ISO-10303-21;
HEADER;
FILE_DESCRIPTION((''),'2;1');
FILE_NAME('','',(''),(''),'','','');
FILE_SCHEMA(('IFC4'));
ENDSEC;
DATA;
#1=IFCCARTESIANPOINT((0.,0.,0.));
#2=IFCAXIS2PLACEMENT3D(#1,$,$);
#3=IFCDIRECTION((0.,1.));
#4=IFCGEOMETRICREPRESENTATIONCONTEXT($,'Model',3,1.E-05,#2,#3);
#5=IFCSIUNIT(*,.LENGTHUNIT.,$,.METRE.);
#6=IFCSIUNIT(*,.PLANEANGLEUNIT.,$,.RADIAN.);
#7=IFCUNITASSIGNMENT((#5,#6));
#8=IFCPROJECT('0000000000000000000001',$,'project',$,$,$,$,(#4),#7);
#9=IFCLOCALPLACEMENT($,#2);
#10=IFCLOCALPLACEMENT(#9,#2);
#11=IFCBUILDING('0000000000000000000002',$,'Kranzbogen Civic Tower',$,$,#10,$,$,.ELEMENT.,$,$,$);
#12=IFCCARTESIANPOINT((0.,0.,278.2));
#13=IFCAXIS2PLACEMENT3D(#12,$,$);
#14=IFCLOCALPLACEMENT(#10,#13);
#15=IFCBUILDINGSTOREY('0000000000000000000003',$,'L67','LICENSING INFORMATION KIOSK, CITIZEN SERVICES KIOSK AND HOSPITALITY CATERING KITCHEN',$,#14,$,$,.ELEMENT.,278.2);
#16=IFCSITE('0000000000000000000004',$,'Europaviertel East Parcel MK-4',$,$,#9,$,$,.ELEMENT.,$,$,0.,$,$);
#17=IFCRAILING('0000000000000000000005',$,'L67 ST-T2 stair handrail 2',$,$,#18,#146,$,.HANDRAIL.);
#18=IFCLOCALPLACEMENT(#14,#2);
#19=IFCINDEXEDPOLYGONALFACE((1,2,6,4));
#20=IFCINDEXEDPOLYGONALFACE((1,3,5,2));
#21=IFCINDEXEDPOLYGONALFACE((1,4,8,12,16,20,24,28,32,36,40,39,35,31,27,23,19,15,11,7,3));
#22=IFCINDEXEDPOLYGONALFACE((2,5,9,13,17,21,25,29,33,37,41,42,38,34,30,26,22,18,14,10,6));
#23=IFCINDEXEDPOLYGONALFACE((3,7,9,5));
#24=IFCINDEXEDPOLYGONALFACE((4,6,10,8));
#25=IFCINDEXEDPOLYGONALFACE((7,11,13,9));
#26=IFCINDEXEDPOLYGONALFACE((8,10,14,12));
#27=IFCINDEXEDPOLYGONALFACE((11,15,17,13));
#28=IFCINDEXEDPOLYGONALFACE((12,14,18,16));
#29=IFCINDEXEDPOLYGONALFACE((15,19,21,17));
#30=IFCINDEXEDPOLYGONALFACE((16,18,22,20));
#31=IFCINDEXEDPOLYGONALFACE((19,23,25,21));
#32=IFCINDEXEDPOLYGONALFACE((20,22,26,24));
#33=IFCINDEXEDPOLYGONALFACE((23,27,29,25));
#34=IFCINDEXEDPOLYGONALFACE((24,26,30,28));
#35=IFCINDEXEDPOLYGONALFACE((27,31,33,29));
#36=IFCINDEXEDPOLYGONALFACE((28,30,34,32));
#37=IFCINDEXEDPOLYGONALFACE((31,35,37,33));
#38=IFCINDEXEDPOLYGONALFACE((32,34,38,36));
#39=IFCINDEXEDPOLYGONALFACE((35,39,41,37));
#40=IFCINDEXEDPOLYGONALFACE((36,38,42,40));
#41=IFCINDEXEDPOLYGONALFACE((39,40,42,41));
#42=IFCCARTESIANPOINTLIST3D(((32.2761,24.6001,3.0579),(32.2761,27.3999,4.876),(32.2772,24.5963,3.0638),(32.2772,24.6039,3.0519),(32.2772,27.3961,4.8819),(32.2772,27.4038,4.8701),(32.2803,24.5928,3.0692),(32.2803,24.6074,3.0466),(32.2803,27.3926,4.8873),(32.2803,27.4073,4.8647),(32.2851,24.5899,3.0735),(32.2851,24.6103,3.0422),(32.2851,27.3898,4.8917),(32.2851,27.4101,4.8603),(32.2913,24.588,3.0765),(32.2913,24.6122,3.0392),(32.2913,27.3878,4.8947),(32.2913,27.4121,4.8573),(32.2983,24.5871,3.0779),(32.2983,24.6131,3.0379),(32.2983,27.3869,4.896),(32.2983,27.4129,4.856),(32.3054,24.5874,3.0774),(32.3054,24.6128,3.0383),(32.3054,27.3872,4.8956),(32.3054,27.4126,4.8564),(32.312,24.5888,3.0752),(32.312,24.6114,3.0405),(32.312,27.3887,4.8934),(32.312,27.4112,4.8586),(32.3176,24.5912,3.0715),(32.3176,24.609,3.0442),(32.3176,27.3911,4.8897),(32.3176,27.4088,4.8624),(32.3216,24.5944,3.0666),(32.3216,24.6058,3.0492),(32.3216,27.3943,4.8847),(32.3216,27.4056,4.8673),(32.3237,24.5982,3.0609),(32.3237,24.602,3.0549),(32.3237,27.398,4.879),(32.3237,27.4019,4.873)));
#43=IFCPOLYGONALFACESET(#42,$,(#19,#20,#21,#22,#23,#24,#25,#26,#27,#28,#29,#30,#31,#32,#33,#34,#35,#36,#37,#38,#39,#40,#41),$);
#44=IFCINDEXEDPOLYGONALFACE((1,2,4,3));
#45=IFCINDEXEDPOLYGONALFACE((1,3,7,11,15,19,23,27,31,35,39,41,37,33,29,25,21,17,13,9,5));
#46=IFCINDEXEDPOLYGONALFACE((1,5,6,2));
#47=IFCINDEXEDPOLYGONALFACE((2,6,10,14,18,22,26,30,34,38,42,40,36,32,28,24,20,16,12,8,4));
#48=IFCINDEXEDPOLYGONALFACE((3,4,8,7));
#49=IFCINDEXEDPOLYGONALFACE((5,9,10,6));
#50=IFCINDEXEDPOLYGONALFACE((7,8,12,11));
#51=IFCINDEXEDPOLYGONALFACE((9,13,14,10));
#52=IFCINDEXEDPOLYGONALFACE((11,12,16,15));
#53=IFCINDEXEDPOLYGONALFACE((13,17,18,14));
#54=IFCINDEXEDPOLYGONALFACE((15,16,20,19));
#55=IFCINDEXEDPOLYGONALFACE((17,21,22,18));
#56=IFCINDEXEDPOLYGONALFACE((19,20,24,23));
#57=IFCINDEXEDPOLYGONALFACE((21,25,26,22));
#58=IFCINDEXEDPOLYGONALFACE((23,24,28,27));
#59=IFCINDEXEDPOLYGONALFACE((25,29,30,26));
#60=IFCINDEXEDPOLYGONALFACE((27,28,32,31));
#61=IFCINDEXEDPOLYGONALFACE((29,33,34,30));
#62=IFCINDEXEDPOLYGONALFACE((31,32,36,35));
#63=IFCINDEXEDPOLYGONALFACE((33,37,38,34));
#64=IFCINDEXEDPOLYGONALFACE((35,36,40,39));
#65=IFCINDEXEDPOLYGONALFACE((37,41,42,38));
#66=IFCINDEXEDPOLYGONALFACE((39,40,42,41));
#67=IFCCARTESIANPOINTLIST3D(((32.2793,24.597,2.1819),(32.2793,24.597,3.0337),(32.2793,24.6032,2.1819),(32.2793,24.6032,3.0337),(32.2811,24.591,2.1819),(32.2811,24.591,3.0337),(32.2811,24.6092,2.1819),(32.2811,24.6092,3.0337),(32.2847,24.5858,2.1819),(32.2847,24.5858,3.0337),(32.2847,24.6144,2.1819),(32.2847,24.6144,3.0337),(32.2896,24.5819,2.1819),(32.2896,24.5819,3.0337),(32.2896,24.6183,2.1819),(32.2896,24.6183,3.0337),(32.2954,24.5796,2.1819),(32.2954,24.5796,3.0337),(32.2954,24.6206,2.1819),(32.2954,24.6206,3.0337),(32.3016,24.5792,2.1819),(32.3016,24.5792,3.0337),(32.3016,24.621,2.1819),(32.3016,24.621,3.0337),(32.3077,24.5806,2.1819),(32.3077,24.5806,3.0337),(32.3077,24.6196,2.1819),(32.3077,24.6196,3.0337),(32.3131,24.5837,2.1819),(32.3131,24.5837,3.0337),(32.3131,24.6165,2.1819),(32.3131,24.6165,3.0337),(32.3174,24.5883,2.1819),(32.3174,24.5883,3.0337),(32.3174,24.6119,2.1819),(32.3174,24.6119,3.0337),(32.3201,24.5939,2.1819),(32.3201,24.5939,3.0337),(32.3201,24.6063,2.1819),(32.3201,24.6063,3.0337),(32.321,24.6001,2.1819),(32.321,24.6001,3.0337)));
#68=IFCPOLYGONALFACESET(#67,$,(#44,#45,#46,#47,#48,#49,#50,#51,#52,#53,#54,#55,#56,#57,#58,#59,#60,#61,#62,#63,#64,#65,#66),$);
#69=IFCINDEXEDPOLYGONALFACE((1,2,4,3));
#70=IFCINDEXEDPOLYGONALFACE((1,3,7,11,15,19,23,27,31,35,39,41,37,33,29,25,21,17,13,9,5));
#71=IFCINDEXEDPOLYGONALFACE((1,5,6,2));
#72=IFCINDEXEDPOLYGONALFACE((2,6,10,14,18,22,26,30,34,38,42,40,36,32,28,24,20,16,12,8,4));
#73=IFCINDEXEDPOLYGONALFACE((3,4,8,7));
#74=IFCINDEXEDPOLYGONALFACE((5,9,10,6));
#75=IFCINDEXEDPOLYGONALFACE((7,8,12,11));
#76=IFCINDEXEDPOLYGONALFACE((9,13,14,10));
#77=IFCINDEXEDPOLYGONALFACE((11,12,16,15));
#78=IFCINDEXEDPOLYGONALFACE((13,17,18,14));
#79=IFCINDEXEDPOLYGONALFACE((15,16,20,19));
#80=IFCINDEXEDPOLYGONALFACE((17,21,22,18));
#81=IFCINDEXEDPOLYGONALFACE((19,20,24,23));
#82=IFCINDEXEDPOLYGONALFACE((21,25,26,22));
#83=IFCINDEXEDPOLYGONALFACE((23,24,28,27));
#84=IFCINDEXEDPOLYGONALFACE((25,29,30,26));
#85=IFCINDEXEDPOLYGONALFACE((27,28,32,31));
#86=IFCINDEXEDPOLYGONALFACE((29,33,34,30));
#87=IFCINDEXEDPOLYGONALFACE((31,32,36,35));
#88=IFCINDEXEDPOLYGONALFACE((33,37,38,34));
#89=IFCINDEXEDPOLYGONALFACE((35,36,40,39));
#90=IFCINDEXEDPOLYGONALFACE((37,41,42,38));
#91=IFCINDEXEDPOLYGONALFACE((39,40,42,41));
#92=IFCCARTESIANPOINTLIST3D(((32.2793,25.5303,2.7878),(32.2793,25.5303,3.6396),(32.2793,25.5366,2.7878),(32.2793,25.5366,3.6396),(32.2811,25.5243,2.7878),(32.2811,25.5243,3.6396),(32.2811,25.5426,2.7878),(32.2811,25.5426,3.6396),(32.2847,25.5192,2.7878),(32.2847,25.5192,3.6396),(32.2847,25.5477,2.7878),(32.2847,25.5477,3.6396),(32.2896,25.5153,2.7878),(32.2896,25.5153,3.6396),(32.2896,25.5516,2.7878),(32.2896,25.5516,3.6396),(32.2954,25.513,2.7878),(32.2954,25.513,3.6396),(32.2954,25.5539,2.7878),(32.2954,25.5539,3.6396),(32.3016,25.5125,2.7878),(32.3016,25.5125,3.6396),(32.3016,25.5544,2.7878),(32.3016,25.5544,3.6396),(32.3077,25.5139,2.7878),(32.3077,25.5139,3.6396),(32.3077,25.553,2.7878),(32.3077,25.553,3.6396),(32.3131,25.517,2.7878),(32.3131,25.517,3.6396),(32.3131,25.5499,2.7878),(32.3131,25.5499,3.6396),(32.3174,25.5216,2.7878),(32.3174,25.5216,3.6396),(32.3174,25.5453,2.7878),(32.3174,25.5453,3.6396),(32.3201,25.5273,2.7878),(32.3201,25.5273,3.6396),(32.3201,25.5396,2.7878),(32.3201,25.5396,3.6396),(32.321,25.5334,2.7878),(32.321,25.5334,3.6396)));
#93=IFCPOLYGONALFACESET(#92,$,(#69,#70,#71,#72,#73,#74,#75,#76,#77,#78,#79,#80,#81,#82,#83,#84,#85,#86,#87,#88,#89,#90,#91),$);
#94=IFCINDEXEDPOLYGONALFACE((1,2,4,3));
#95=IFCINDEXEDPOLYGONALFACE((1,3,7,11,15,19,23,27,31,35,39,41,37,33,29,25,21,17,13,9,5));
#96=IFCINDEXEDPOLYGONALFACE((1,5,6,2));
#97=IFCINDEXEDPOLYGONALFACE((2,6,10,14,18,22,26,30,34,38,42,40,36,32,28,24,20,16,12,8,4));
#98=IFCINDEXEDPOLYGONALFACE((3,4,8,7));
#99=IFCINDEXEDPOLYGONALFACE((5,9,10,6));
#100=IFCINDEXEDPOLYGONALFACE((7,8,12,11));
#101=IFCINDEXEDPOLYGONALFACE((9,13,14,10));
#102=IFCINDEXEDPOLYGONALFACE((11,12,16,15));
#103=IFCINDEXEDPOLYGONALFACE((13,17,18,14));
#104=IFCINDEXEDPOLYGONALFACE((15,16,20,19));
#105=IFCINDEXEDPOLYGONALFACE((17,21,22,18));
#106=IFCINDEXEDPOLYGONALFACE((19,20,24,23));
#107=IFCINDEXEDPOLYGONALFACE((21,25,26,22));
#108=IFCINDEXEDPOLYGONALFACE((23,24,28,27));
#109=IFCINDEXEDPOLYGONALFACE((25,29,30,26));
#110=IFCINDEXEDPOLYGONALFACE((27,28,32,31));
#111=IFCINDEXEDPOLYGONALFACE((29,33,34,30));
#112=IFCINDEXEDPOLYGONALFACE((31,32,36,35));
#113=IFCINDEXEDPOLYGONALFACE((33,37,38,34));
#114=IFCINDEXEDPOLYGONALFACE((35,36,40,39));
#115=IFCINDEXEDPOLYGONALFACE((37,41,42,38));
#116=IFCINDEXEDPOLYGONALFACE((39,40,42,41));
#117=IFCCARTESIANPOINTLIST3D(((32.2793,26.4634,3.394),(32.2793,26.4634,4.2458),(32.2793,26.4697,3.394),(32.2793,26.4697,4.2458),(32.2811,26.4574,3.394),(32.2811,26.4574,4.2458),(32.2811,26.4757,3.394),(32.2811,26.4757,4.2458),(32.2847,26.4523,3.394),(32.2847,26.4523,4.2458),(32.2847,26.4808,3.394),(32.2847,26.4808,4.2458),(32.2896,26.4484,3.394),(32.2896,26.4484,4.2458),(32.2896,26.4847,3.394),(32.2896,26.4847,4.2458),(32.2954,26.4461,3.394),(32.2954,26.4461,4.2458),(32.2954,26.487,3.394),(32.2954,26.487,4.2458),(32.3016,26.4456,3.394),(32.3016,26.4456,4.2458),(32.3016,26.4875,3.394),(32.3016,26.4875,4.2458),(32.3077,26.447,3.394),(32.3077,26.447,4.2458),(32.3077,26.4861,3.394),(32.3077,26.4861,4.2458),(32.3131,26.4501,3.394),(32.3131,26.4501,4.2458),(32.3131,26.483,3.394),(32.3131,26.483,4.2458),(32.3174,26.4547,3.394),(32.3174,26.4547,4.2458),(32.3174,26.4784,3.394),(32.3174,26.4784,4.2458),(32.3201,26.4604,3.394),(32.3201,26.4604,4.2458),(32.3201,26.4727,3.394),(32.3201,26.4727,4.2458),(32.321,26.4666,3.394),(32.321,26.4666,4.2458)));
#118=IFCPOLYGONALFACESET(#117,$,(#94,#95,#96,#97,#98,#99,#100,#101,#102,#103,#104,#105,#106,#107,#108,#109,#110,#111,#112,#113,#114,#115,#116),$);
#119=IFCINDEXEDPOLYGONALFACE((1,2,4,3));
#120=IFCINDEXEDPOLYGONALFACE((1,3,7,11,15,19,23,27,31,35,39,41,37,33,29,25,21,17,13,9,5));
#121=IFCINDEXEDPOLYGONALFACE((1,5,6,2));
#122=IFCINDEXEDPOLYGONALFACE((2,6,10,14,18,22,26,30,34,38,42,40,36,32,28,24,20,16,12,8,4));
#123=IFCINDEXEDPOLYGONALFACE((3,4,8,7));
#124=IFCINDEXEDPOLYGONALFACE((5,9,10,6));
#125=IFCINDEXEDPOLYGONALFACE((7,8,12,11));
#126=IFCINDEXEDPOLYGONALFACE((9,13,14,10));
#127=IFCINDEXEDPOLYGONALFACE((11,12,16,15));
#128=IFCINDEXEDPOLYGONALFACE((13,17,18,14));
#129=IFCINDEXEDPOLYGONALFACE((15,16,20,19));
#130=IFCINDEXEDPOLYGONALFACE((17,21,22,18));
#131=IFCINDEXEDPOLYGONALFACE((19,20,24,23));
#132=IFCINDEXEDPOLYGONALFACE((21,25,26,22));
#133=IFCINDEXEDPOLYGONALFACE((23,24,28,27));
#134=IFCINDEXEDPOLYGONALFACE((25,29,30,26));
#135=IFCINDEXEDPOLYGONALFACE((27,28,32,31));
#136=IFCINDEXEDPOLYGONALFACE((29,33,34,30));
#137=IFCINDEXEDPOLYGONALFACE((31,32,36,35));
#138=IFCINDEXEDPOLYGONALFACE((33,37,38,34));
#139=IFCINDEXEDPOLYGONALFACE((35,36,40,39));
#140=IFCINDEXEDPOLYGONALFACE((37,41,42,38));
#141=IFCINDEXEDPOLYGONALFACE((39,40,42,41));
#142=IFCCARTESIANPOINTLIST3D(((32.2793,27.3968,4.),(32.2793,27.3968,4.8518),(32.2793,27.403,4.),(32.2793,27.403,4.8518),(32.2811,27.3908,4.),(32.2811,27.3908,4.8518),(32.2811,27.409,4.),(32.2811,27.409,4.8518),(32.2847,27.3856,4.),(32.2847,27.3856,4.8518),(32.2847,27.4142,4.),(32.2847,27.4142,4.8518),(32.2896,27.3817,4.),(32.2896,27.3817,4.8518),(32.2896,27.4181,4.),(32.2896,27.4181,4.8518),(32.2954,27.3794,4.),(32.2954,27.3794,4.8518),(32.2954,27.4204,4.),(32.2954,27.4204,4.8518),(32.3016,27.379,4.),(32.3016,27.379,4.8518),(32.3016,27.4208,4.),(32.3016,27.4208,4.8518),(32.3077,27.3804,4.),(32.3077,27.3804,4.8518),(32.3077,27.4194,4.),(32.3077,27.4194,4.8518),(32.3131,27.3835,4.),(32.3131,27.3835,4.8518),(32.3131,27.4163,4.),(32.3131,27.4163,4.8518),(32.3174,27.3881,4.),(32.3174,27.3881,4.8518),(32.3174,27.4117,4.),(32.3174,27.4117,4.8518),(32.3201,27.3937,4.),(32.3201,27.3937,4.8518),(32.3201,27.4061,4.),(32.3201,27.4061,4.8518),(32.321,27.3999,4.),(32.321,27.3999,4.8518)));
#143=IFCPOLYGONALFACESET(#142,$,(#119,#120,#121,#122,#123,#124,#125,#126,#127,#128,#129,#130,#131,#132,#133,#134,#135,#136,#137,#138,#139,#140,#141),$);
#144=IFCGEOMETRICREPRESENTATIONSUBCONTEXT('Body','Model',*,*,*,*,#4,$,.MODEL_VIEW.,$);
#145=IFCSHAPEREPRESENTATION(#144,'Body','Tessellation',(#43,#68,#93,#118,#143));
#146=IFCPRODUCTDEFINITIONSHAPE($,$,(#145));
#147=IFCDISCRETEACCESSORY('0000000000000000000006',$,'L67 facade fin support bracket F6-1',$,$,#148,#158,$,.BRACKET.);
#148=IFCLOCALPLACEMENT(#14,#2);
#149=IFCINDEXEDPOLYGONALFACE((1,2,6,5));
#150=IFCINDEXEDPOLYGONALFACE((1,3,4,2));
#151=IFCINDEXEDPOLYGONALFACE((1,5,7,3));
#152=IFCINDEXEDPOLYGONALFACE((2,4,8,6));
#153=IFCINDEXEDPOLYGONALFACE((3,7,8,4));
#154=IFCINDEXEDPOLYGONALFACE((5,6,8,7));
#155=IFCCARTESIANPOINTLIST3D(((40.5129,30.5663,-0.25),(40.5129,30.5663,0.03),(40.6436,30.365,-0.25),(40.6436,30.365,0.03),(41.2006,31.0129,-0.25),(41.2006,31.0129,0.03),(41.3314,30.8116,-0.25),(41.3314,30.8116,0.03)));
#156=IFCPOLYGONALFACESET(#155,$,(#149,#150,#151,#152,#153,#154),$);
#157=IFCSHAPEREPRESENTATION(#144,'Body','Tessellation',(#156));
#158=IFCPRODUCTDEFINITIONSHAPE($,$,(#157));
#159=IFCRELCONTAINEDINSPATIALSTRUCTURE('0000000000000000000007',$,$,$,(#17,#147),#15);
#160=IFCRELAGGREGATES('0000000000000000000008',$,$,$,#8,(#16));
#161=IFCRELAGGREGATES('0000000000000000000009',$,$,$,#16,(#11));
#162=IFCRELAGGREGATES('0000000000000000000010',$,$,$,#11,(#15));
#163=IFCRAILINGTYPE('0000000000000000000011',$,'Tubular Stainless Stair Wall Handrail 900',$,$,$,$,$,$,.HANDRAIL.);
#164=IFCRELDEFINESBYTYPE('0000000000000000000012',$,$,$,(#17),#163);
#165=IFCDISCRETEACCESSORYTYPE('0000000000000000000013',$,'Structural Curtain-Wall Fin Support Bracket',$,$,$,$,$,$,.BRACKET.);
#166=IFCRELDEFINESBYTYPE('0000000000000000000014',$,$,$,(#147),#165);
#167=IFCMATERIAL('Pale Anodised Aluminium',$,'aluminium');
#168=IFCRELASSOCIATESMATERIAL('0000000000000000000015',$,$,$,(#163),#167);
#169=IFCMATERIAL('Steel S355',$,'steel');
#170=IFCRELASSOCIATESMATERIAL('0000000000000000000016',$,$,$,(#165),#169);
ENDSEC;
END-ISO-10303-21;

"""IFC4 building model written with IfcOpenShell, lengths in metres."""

from ifc_helpers import new_model, si_unit, direction, frame, origin, origin_2d, place, context, subcontext, project, spatial, rectangle, circle, extrude, material, type_object, element, save


model = new_model("IFC4")

# Units and contexts
model_context = context("Model", 3, precision=1e-05, world=origin(), true_north=direction((0.0, 1.0)))
body_context = subcontext(model_context, "Body", "Model", "MODEL_VIEW")
ifc_project = project(units=[si_unit("LENGTHUNIT", "METRE"), si_unit("PLANEANGLEUNIT", "RADIAN")], contexts=[model_context])

# Site, building, storey
site_placement = place(None, origin())
site = spatial("IfcSite", under=ifc_project, at=site_placement, Name="Europaviertel East Parcel MK-4", CompositionType="ELEMENT", RefElevation=0.0)
building_placement = place(site_placement, origin())
building = spatial("IfcBuilding", under=site, at=building_placement, Name="Kranzbogen Civic Tower", CompositionType="ELEMENT")
storey_placement = place(building_placement, frame((0.0, 0.0, 278.2)))
storey = spatial("IfcBuildingStorey", under=building, at=storey_placement, Name="L67", Description="LICENSING INFORMATION KIOSK, CITIZEN SERVICES KIOSK AND HOSPITALITY CATERING KITCHEN", CompositionType="ELEMENT", Elevation=278.2)

# Shared definitions
ifc_material_1 = material(Name="Steel S355", Category="steel")

# Shared definitions
ifc_material_2 = material(Name="Pale Anodised Aluminium", Category="aluminium")

# Railing
railing_type_1 = type_object("IfcRailingType", Name="Tubular Stainless Stair Wall Handrail 900", PredefinedType="HANDRAIL", material=ifc_material_2)
railing_1_placement = place(storey_placement, frame((32.3, 24.6001, 2.1819)))
element("IfcRailing", 1, at=railing_1_placement, inside=storey, type_object=railing_type_1, Name="L67 ST-T2 stair handrail 2", PredefinedType="HANDRAIL", context=body_context, shape_type="SweptSolid", body=[
    extrude(circle(Radius=0.0239, at=origin_2d()), frame((0.0, 0.0, 0.876), z_axis=(0.0, 0.838684, 0.544618), x_axis=(-1.0, 0.0, 0.0)), (0.0, 0.0, 1.0), 3.3384),
    extrude(circle(Radius=0.021, at=origin_2d()), origin(), (0.0, 0.0, 1.0), 0.8518),
    extrude(circle(Radius=0.021, at=origin_2d()), frame((0.0, 0.9333, 0.606)), (0.0, 0.0, 1.0), 0.8518),
    extrude(circle(Radius=0.021, at=origin_2d()), frame((0.0, 1.8665, 1.2122)), (0.0, 0.0, 1.0), 0.8518),
    extrude(circle(Radius=0.021, at=origin_2d()), frame((0.0, 2.7998, 1.8181)), (0.0, 0.0, 1.0), 0.8518),
])

# Discrete accessory
discrete_accessory_type = type_object("IfcDiscreteAccessoryType", Name="Structural Curtain-Wall Fin Support Bracket", PredefinedType="BRACKET", material=ifc_material_1)
discrete_accessory_placement = place(storey_placement, frame((40.9221, 30.689, -0.25), z_axis=(0.0, 0.0, 1.0), x_axis=(0.838671, 0.544639, 0.0)))
element("IfcDiscreteAccessory", 2, at=discrete_accessory_placement, inside=storey, type_object=discrete_accessory_type, Name="L67 facade fin support bracket F6-1", PredefinedType="BRACKET", context=body_context, shape_type="SweptSolid", body=[
    extrude(rectangle(XDim=0.8201, YDim=0.24, at=origin_2d()), origin(), (0.0, 0.0, 1.0), 0.28),
])

save(model, "model.ifc")
